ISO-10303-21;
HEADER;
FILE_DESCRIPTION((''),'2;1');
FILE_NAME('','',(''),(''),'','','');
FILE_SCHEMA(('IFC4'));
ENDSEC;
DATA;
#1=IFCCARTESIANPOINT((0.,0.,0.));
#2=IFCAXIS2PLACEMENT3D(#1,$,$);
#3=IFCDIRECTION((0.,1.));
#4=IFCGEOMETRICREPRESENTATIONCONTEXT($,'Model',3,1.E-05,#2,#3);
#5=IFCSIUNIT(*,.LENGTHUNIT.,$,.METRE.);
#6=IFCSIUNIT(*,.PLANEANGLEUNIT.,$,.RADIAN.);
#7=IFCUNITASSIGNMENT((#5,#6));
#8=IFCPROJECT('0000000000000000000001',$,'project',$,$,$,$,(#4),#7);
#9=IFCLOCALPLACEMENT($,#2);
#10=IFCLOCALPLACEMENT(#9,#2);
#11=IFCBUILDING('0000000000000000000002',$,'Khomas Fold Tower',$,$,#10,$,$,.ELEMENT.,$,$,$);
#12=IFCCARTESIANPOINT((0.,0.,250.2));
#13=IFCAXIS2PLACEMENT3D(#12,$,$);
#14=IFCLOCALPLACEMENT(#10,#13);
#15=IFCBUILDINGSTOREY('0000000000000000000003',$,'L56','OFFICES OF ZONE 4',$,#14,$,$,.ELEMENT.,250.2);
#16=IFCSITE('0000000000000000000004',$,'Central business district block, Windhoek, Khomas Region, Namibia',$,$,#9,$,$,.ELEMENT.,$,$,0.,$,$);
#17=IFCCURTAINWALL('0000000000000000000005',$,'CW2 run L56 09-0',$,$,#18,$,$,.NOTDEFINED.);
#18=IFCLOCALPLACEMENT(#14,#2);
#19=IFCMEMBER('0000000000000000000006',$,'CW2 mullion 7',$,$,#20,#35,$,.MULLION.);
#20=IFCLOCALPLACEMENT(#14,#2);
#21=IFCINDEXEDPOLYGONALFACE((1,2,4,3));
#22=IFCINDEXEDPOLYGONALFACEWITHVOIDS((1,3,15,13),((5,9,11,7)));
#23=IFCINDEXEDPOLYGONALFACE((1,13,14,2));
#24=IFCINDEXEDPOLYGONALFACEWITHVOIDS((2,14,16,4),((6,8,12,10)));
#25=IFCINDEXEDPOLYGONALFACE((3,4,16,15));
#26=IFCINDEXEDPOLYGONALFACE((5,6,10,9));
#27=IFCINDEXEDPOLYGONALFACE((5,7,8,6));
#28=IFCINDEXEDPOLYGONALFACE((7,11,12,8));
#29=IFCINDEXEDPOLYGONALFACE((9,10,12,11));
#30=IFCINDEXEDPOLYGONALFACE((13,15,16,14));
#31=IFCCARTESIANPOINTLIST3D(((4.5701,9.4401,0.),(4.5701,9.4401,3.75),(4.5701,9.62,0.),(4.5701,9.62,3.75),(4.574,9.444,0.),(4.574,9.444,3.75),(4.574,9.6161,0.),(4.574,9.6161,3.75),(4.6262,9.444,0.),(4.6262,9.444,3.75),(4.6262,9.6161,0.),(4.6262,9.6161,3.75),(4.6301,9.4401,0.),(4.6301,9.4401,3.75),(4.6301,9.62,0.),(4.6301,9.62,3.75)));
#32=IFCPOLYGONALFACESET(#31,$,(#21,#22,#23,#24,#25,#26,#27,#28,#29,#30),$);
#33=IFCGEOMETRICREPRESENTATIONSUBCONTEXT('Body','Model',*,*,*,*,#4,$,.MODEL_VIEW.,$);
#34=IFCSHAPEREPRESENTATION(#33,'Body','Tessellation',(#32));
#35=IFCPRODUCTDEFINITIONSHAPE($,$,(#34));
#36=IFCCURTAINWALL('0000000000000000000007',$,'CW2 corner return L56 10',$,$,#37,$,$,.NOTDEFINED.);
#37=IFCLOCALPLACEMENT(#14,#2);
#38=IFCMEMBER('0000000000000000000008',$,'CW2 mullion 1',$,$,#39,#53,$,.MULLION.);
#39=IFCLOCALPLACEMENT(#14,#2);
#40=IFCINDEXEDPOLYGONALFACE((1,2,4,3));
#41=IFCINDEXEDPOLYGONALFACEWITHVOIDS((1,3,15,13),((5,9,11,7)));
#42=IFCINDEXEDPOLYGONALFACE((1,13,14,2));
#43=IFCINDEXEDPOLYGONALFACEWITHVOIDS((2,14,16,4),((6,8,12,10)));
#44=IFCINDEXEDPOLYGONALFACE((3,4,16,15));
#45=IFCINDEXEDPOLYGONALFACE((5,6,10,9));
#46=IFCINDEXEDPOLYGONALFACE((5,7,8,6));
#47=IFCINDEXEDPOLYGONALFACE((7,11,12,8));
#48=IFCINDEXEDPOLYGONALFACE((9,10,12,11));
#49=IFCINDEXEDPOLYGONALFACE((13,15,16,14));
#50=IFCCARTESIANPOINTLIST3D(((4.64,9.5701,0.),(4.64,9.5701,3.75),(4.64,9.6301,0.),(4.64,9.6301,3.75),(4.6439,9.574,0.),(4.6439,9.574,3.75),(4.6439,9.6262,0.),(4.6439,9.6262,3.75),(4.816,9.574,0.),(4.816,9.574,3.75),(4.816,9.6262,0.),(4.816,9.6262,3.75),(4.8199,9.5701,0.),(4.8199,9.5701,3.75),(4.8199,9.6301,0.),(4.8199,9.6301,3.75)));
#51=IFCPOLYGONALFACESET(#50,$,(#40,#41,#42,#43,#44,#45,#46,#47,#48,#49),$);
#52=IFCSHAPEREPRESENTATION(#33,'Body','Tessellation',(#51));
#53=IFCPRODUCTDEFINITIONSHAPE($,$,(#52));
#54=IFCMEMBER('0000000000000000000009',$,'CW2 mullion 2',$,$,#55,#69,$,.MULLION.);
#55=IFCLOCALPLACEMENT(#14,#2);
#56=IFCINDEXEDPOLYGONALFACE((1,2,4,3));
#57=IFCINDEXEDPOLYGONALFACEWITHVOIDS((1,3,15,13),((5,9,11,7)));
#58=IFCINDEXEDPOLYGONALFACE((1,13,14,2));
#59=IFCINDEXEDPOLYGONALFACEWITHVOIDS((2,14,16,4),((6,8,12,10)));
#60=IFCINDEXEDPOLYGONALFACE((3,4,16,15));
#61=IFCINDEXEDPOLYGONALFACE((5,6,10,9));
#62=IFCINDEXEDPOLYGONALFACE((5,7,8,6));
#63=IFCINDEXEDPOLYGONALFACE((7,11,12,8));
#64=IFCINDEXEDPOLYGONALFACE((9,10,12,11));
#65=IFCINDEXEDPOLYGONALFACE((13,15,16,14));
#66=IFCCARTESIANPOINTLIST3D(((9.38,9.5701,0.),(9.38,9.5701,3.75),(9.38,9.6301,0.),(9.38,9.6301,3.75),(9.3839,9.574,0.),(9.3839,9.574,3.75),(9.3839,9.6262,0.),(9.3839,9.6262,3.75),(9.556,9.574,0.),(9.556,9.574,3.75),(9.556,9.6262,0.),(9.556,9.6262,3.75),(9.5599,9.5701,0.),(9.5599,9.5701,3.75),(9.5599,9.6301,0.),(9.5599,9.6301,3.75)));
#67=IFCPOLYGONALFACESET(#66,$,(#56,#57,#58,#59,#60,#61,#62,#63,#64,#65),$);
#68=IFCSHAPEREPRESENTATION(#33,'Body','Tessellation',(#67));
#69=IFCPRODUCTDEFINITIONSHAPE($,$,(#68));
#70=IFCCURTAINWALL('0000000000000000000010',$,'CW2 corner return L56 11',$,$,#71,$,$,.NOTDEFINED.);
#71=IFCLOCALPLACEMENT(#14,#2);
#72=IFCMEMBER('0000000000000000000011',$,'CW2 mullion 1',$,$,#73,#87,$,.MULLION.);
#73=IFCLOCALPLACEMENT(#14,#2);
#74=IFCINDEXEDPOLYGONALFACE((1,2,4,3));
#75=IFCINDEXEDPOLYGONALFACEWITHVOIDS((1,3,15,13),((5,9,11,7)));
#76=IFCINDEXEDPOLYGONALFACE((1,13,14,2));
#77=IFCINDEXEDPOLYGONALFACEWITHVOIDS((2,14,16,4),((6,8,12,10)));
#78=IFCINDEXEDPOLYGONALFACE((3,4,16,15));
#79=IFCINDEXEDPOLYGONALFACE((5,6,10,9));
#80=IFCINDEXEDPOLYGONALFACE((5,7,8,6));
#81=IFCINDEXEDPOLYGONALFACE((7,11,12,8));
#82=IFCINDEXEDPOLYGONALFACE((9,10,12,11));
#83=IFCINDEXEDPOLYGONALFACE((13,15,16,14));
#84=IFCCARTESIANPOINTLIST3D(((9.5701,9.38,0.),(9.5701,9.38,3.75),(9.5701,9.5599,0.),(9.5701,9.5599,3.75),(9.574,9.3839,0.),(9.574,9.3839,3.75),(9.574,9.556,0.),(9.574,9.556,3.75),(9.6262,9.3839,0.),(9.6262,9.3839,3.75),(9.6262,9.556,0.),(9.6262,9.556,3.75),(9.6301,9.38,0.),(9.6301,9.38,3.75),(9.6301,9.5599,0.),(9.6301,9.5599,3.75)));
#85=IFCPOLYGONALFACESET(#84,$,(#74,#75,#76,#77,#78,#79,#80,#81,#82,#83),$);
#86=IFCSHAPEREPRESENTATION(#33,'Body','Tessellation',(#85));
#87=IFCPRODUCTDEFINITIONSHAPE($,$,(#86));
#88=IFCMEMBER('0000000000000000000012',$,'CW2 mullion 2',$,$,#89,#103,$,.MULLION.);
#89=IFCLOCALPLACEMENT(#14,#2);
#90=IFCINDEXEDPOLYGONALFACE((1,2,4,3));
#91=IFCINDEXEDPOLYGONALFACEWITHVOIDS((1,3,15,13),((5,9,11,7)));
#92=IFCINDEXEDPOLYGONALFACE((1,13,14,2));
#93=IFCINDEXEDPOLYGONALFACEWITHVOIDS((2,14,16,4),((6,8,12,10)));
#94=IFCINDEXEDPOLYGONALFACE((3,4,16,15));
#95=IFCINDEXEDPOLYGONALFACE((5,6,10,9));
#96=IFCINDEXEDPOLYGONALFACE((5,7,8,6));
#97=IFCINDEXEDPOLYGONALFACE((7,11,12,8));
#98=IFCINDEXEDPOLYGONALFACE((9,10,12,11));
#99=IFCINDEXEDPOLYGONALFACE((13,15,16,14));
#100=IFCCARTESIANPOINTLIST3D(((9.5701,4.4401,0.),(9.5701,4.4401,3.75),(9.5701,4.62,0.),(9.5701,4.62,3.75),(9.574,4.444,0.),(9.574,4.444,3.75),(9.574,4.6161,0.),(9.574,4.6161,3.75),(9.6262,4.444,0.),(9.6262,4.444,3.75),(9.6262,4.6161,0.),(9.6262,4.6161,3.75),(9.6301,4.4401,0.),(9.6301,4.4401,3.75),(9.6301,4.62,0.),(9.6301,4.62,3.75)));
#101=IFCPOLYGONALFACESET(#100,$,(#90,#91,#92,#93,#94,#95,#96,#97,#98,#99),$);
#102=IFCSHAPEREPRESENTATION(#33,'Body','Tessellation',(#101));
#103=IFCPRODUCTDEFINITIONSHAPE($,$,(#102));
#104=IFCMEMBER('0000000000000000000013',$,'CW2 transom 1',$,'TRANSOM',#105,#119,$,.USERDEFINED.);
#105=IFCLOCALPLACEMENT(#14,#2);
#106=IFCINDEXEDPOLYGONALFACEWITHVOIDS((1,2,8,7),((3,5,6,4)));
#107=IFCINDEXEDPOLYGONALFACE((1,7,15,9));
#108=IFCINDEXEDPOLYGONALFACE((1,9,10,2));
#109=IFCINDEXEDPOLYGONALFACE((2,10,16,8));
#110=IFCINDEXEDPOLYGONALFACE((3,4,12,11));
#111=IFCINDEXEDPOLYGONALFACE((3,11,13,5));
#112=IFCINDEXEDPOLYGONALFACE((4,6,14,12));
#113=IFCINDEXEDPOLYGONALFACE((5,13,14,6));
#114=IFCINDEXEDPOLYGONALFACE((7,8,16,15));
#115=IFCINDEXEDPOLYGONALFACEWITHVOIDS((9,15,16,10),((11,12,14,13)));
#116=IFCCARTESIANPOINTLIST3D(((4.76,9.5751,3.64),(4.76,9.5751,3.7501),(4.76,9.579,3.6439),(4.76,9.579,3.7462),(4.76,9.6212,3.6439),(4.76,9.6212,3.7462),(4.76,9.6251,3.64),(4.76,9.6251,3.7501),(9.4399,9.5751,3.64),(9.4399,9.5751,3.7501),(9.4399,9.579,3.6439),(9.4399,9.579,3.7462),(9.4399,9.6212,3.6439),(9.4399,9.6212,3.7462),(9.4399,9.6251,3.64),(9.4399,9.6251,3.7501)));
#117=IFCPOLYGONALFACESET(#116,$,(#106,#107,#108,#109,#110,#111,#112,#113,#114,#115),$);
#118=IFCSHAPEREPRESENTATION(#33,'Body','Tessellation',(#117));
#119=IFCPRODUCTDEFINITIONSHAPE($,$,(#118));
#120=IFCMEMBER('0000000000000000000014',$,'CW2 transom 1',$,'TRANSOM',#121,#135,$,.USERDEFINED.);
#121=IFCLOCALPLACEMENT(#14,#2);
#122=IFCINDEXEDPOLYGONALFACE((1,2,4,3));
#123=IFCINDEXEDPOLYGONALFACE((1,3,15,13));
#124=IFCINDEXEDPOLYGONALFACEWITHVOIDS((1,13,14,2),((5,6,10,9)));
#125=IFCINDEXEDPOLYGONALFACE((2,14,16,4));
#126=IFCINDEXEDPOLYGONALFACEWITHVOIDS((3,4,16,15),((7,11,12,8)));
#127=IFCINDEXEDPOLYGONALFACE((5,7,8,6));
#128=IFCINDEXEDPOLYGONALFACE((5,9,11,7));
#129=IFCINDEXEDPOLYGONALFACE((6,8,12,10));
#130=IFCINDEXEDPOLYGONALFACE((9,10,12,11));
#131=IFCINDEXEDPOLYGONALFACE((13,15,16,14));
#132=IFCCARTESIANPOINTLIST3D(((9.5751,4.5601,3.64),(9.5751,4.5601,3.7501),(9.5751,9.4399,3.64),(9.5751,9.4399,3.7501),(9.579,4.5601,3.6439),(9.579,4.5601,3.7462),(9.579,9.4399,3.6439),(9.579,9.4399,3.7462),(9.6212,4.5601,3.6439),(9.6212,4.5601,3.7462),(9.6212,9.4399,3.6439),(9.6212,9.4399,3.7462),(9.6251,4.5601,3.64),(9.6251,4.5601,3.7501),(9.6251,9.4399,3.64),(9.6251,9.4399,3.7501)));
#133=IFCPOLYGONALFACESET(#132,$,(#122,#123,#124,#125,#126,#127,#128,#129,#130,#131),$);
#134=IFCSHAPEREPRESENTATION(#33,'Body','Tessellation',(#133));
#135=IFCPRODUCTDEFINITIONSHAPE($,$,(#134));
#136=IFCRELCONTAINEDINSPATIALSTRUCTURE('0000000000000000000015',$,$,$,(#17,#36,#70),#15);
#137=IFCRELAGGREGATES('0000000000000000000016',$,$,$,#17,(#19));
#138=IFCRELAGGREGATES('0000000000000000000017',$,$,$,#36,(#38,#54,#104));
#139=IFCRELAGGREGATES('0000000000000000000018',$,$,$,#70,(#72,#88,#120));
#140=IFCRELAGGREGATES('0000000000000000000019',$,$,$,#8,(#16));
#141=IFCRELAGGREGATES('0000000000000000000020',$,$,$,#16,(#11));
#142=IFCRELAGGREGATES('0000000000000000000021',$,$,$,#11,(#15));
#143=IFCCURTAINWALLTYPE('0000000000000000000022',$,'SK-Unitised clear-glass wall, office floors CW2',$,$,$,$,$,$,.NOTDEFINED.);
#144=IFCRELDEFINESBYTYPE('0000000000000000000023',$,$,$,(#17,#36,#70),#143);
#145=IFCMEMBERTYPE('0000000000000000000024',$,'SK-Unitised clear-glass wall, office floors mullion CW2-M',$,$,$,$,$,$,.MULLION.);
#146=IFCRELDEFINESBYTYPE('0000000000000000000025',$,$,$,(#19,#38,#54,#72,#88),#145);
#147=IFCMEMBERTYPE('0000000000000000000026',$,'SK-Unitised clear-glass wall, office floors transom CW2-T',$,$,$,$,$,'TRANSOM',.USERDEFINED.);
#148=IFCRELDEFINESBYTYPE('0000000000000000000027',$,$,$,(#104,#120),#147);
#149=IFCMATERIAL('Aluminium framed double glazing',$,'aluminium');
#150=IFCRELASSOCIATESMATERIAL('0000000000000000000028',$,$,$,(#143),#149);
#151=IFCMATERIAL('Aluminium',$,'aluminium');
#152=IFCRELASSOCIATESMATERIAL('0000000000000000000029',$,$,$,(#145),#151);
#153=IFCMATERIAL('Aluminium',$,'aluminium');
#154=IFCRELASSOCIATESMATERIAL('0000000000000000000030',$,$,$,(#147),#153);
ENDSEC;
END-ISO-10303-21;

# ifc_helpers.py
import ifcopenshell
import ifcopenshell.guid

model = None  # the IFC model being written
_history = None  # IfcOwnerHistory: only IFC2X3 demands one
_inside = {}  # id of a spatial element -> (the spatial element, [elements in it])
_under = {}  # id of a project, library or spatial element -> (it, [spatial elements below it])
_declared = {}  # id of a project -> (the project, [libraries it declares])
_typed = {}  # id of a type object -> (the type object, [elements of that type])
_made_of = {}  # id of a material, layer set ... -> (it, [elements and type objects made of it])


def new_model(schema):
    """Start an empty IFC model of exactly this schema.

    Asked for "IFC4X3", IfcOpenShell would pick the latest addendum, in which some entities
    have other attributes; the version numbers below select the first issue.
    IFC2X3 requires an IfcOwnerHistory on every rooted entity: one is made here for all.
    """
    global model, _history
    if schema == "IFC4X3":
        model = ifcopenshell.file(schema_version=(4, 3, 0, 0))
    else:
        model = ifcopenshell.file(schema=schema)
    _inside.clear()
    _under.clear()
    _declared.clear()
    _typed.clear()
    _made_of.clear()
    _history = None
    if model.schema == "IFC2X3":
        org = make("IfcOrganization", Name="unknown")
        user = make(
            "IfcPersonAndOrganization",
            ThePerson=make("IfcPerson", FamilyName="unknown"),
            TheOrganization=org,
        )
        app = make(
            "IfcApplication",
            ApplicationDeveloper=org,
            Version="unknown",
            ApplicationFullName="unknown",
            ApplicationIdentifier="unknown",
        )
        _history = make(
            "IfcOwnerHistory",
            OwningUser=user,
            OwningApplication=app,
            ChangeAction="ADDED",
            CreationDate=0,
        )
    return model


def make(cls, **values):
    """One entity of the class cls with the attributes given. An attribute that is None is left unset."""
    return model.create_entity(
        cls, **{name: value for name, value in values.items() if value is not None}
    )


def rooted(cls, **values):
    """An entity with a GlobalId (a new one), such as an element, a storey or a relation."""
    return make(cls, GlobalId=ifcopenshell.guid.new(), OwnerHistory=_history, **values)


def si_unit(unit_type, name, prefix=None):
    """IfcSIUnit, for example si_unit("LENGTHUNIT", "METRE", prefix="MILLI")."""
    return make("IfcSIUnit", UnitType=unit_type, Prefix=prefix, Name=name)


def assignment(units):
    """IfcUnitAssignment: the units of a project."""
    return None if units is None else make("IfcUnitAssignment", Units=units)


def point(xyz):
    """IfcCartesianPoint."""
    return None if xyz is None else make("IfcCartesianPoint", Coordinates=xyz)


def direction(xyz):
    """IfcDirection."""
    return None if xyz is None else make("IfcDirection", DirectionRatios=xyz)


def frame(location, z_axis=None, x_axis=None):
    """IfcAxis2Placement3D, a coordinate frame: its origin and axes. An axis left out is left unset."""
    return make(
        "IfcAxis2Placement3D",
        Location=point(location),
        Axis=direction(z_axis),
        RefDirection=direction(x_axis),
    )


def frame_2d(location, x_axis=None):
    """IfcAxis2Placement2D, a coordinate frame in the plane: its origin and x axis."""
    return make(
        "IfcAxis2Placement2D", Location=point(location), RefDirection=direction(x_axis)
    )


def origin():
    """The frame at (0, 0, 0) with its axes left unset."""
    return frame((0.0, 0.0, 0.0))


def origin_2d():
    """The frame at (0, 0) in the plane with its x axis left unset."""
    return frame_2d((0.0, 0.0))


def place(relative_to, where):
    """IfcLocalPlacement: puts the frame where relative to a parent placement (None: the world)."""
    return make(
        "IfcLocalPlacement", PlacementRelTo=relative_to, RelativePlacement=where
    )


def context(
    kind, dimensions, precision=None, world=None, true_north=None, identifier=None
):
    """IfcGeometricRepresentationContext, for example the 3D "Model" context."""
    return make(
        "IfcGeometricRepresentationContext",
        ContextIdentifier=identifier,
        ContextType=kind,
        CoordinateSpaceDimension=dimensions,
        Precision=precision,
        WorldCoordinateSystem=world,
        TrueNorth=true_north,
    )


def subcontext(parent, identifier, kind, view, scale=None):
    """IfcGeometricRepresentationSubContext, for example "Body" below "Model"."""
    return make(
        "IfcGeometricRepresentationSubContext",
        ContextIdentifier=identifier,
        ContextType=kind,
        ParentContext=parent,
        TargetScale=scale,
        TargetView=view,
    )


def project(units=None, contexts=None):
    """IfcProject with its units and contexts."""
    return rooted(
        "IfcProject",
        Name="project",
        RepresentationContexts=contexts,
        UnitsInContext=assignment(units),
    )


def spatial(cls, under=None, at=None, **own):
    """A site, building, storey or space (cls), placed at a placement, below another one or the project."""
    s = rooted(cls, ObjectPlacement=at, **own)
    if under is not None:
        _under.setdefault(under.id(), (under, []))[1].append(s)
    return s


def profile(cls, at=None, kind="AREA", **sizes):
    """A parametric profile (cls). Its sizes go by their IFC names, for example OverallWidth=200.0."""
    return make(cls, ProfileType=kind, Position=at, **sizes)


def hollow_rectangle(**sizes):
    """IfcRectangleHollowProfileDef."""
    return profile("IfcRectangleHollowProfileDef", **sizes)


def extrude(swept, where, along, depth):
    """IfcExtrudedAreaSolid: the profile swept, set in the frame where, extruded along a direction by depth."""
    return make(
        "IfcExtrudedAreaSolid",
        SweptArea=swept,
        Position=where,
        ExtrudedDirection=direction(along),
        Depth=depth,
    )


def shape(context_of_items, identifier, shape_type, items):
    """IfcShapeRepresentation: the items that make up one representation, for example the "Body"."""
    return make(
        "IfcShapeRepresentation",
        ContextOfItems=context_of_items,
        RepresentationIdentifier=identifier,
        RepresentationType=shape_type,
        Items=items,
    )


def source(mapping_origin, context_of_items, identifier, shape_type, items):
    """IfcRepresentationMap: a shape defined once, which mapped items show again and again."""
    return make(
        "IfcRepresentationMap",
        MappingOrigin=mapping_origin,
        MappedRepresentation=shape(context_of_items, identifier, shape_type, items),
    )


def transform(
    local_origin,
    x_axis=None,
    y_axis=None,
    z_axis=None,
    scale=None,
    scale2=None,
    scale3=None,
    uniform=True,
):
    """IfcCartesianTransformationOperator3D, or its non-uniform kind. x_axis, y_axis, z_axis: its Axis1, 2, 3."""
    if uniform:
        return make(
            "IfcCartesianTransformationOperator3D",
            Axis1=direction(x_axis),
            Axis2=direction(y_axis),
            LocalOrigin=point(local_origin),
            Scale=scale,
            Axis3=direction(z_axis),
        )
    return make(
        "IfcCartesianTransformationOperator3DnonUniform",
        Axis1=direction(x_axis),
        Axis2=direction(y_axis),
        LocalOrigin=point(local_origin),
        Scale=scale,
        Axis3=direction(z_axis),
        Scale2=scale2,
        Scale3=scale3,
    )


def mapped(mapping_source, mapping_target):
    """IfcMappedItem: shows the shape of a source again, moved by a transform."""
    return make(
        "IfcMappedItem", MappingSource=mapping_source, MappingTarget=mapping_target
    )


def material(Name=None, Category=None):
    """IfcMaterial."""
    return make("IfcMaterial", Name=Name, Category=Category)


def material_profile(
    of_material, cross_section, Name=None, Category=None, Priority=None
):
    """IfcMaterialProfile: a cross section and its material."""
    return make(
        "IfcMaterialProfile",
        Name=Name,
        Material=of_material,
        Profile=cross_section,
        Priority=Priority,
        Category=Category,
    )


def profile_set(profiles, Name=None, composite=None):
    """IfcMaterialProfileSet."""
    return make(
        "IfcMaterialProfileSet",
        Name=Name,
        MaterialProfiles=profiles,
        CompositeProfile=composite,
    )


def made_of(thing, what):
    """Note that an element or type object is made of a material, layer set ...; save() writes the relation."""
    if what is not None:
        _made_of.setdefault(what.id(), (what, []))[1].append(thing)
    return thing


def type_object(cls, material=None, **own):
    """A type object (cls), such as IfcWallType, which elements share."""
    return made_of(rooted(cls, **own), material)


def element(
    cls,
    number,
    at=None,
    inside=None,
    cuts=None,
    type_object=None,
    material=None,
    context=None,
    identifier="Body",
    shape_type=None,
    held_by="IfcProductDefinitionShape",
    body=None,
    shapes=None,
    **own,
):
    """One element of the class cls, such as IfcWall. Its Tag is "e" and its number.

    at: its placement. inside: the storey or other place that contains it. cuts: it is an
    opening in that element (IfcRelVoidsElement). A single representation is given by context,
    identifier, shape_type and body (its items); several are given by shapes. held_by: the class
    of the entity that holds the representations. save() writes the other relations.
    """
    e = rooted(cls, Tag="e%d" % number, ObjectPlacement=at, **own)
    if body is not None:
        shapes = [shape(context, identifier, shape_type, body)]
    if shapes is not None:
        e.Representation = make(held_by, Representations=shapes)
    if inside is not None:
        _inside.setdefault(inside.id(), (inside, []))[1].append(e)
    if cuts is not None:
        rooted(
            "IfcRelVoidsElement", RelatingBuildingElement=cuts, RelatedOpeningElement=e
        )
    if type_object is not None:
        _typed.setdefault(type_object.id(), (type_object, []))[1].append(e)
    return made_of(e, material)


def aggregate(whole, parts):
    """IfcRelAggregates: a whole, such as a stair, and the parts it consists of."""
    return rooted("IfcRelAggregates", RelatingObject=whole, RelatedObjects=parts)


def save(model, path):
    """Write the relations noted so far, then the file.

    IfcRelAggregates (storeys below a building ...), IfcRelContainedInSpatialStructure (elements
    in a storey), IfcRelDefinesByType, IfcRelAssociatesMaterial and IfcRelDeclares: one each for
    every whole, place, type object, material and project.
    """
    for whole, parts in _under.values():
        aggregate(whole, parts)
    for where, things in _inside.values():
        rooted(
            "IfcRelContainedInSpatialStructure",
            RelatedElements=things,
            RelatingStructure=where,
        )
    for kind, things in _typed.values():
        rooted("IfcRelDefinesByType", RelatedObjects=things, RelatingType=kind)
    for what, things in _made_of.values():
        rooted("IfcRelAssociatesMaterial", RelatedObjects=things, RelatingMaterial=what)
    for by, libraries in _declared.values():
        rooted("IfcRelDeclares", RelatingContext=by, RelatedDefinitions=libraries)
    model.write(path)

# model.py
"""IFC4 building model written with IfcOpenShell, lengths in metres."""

from ifc_helpers import new_model, si_unit, direction, frame, origin, origin_2d, place, context, subcontext, project, spatial, hollow_rectangle, extrude, source, transform, mapped, material, material_profile, profile_set, type_object, element, aggregate, save


model = new_model("IFC4")

# Units and contexts
model_context = context("Model", 3, precision=1e-05, world=origin(), true_north=direction((0.0, 1.0)))
body_context = subcontext(model_context, "Body", "Model", "MODEL_VIEW")
ifc_project = project(units=[si_unit("LENGTHUNIT", "METRE"), si_unit("PLANEANGLEUNIT", "RADIAN")], contexts=[model_context])

# Site, building, storey
site_placement = place(None, origin())
site = spatial("IfcSite", under=ifc_project, at=site_placement, Name="Central business district block, Windhoek, Khomas Region, Namibia", CompositionType="ELEMENT", RefElevation=0.0)
building_placement = place(site_placement, origin())
building = spatial("IfcBuilding", under=site, at=building_placement, Name="Khomas Fold Tower", CompositionType="ELEMENT")
storey_placement = place(building_placement, frame((0.0, 0.0, 250.2)))
storey = spatial("IfcBuildingStorey", under=building, at=storey_placement, Name="L56", Description="OFFICES OF ZONE 4", CompositionType="ELEMENT", Elevation=250.2)

# Curtain wall, member
ifc_material_1 = material(Name="Aluminium framed double glazing", Category="aluminium")
curtain_wall_type = type_object("IfcCurtainWallType", Name="SK-Unitised clear-glass wall, office floors CW2", PredefinedType="NOTDEFINED", material=ifc_material_1)
curtain_wall_1_placement = place(storey_placement, origin())
curtain_wall_1 = element("IfcCurtainWall", 1, at=curtain_wall_1_placement, inside=storey, type_object=curtain_wall_type, Name="CW2 run L56 09-0", PredefinedType="NOTDEFINED")
ifc_material_2 = material(Name="Aluminium", Category="aluminium")
ifc_material_profile_1 = material_profile(ifc_material_2, hollow_rectangle(XDim=0.0601, YDim=0.1799, WallThickness=0.0039, at=origin_2d()), Name="SK-Unitised clear-glass wall, office floors mullion CW2-M")
ifc_profile_set_1 = profile_set([ifc_material_profile_1], Name="Aluminium")
member_type_1 = type_object("IfcMemberType", Name="SK-Unitised clear-glass wall, office floors mullion CW2-M", PredefinedType="MULLION", material=ifc_profile_set_1)
shared_shape_1 = source(origin(), body_context, "Body", "SweptSolid", [
    extrude(hollow_rectangle(XDim=0.0601, YDim=0.1799, WallThickness=0.0039, at=origin_2d()), origin(), (0.0, 0.0, 1.0), 3.75),
])
member_1_placement = place(storey_placement, frame((4.6001, 9.53, 0.0), z_axis=(0.0, 0.0, 1.0), x_axis=(1.0, 0.0, 0.0)))
member_1 = element("IfcMember", 2, at=member_1_placement, type_object=member_type_1, Name="CW2 mullion 7", PredefinedType="MULLION", context=body_context, shape_type="MappedRepresentation", body=[
    mapped(shared_shape_1, transform((0.0, 0.0, 0.0))),
])

# Curtain walls, members
curtain_wall_2_placement = place(storey_placement, origin())
curtain_wall_2 = element("IfcCurtainWall", 3, at=curtain_wall_2_placement, inside=storey, type_object=curtain_wall_type, Name="CW2 corner return L56 10", PredefinedType="NOTDEFINED")
member_2_placement = place(storey_placement, frame((4.73, 9.6001, 0.0), z_axis=(0.0, 0.0, 1.0), x_axis=(0.0, 1.0, 0.0)))
member_2 = element("IfcMember", 4, at=member_2_placement, type_object=member_type_1, Name="CW2 mullion 1", PredefinedType="MULLION", context=body_context, shape_type="MappedRepresentation", body=[
    mapped(shared_shape_1, transform((0.0, 0.0, 0.0))),
])
member_3_placement = place(storey_placement, frame((9.47, 9.6001, 0.0), z_axis=(0.0, 0.0, 1.0), x_axis=(0.0, 1.0, 0.0)))
member_3 = element("IfcMember", 5, at=member_3_placement, type_object=member_type_1, Name="CW2 mullion 2", PredefinedType="MULLION", context=body_context, shape_type="MappedRepresentation", body=[
    mapped(shared_shape_1, transform((0.0, 0.0, 0.0))),
])
curtain_wall_3_placement = place(storey_placement, origin())
curtain_wall_3 = element("IfcCurtainWall", 6, at=curtain_wall_3_placement, inside=storey, type_object=curtain_wall_type, Name="CW2 corner return L56 11", PredefinedType="NOTDEFINED")
member_4_placement = place(storey_placement, frame((9.6001, 9.47, 0.0), z_axis=(0.0, 0.0, 1.0), x_axis=(1.0, 0.0, 0.0)))
member_4 = element("IfcMember", 7, at=member_4_placement, type_object=member_type_1, Name="CW2 mullion 1", PredefinedType="MULLION", context=body_context, shape_type="MappedRepresentation", body=[
    mapped(shared_shape_1, transform((0.0, 0.0, 0.0))),
])
member_5_placement = place(storey_placement, frame((9.6001, 4.53, 0.0), z_axis=(0.0, 0.0, 1.0), x_axis=(1.0, 0.0, 0.0)))
member_5 = element("IfcMember", 8, at=member_5_placement, type_object=member_type_1, Name="CW2 mullion 2", PredefinedType="MULLION", context=body_context, shape_type="MappedRepresentation", body=[
    mapped(shared_shape_1, transform((0.0, 0.0, 0.0))),
])

# Members
ifc_material_3 = material(Name="Aluminium", Category="aluminium")
ifc_material_profile_2 = material_profile(ifc_material_3, hollow_rectangle(XDim=0.05, YDim=0.1101, WallThickness=0.0039, at=origin_2d()), Name="SK-Unitised clear-glass wall, office floors transom CW2-T")
ifc_profile_set_2 = profile_set([ifc_material_profile_2], Name="Aluminium")
member_type_2 = type_object("IfcMemberType", Name="SK-Unitised clear-glass wall, office floors transom CW2-T", ElementType="TRANSOM", PredefinedType="USERDEFINED", material=ifc_profile_set_2)
shared_shape_2 = source(origin(), body_context, "Body", "SweptSolid", [
    extrude(hollow_rectangle(XDim=0.05, YDim=0.1101, WallThickness=0.0039, at=origin_2d()), origin(), (0.0, 0.0, 1.0), 4.6799),
])
member_6_placement = place(storey_placement, frame((4.76, 9.6001, 3.6951), z_axis=(1.0, 0.0, 0.0), x_axis=(0.0, 1.0, 0.0)))
member_6 = element("IfcMember", 9, at=member_6_placement, type_object=member_type_2, Name="CW2 transom 1", ObjectType="TRANSOM", PredefinedType="USERDEFINED", context=body_context, shape_type="MappedRepresentation", body=[
    mapped(shared_shape_2, transform((0.0, 0.0, 0.0))),
])
shared_shape_3 = source(origin(), body_context, "Body", "SweptSolid", [
    extrude(hollow_rectangle(XDim=0.05, YDim=0.1101, WallThickness=0.0039, at=origin_2d()), origin(), (0.0, 0.0, 1.0), 4.8799),
])
member_7_placement = place(storey_placement, frame((9.6001, 9.4399, 3.6951), z_axis=(0.0, -1.0, 0.0), x_axis=(1.0, 0.0, 0.0)))
member_7 = element("IfcMember", 10, at=member_7_placement, type_object=member_type_2, Name="CW2 transom 1", ObjectType="TRANSOM", PredefinedType="USERDEFINED", context=body_context, shape_type="MappedRepresentation", body=[
    mapped(shared_shape_3, transform((0.0, 0.0, 0.0))),
])

aggregate(curtain_wall_1, [member_1])
aggregate(curtain_wall_2, [member_2, member_3, member_6])
aggregate(curtain_wall_3, [member_4, member_5, member_7])

save(model, "model.ifc")
